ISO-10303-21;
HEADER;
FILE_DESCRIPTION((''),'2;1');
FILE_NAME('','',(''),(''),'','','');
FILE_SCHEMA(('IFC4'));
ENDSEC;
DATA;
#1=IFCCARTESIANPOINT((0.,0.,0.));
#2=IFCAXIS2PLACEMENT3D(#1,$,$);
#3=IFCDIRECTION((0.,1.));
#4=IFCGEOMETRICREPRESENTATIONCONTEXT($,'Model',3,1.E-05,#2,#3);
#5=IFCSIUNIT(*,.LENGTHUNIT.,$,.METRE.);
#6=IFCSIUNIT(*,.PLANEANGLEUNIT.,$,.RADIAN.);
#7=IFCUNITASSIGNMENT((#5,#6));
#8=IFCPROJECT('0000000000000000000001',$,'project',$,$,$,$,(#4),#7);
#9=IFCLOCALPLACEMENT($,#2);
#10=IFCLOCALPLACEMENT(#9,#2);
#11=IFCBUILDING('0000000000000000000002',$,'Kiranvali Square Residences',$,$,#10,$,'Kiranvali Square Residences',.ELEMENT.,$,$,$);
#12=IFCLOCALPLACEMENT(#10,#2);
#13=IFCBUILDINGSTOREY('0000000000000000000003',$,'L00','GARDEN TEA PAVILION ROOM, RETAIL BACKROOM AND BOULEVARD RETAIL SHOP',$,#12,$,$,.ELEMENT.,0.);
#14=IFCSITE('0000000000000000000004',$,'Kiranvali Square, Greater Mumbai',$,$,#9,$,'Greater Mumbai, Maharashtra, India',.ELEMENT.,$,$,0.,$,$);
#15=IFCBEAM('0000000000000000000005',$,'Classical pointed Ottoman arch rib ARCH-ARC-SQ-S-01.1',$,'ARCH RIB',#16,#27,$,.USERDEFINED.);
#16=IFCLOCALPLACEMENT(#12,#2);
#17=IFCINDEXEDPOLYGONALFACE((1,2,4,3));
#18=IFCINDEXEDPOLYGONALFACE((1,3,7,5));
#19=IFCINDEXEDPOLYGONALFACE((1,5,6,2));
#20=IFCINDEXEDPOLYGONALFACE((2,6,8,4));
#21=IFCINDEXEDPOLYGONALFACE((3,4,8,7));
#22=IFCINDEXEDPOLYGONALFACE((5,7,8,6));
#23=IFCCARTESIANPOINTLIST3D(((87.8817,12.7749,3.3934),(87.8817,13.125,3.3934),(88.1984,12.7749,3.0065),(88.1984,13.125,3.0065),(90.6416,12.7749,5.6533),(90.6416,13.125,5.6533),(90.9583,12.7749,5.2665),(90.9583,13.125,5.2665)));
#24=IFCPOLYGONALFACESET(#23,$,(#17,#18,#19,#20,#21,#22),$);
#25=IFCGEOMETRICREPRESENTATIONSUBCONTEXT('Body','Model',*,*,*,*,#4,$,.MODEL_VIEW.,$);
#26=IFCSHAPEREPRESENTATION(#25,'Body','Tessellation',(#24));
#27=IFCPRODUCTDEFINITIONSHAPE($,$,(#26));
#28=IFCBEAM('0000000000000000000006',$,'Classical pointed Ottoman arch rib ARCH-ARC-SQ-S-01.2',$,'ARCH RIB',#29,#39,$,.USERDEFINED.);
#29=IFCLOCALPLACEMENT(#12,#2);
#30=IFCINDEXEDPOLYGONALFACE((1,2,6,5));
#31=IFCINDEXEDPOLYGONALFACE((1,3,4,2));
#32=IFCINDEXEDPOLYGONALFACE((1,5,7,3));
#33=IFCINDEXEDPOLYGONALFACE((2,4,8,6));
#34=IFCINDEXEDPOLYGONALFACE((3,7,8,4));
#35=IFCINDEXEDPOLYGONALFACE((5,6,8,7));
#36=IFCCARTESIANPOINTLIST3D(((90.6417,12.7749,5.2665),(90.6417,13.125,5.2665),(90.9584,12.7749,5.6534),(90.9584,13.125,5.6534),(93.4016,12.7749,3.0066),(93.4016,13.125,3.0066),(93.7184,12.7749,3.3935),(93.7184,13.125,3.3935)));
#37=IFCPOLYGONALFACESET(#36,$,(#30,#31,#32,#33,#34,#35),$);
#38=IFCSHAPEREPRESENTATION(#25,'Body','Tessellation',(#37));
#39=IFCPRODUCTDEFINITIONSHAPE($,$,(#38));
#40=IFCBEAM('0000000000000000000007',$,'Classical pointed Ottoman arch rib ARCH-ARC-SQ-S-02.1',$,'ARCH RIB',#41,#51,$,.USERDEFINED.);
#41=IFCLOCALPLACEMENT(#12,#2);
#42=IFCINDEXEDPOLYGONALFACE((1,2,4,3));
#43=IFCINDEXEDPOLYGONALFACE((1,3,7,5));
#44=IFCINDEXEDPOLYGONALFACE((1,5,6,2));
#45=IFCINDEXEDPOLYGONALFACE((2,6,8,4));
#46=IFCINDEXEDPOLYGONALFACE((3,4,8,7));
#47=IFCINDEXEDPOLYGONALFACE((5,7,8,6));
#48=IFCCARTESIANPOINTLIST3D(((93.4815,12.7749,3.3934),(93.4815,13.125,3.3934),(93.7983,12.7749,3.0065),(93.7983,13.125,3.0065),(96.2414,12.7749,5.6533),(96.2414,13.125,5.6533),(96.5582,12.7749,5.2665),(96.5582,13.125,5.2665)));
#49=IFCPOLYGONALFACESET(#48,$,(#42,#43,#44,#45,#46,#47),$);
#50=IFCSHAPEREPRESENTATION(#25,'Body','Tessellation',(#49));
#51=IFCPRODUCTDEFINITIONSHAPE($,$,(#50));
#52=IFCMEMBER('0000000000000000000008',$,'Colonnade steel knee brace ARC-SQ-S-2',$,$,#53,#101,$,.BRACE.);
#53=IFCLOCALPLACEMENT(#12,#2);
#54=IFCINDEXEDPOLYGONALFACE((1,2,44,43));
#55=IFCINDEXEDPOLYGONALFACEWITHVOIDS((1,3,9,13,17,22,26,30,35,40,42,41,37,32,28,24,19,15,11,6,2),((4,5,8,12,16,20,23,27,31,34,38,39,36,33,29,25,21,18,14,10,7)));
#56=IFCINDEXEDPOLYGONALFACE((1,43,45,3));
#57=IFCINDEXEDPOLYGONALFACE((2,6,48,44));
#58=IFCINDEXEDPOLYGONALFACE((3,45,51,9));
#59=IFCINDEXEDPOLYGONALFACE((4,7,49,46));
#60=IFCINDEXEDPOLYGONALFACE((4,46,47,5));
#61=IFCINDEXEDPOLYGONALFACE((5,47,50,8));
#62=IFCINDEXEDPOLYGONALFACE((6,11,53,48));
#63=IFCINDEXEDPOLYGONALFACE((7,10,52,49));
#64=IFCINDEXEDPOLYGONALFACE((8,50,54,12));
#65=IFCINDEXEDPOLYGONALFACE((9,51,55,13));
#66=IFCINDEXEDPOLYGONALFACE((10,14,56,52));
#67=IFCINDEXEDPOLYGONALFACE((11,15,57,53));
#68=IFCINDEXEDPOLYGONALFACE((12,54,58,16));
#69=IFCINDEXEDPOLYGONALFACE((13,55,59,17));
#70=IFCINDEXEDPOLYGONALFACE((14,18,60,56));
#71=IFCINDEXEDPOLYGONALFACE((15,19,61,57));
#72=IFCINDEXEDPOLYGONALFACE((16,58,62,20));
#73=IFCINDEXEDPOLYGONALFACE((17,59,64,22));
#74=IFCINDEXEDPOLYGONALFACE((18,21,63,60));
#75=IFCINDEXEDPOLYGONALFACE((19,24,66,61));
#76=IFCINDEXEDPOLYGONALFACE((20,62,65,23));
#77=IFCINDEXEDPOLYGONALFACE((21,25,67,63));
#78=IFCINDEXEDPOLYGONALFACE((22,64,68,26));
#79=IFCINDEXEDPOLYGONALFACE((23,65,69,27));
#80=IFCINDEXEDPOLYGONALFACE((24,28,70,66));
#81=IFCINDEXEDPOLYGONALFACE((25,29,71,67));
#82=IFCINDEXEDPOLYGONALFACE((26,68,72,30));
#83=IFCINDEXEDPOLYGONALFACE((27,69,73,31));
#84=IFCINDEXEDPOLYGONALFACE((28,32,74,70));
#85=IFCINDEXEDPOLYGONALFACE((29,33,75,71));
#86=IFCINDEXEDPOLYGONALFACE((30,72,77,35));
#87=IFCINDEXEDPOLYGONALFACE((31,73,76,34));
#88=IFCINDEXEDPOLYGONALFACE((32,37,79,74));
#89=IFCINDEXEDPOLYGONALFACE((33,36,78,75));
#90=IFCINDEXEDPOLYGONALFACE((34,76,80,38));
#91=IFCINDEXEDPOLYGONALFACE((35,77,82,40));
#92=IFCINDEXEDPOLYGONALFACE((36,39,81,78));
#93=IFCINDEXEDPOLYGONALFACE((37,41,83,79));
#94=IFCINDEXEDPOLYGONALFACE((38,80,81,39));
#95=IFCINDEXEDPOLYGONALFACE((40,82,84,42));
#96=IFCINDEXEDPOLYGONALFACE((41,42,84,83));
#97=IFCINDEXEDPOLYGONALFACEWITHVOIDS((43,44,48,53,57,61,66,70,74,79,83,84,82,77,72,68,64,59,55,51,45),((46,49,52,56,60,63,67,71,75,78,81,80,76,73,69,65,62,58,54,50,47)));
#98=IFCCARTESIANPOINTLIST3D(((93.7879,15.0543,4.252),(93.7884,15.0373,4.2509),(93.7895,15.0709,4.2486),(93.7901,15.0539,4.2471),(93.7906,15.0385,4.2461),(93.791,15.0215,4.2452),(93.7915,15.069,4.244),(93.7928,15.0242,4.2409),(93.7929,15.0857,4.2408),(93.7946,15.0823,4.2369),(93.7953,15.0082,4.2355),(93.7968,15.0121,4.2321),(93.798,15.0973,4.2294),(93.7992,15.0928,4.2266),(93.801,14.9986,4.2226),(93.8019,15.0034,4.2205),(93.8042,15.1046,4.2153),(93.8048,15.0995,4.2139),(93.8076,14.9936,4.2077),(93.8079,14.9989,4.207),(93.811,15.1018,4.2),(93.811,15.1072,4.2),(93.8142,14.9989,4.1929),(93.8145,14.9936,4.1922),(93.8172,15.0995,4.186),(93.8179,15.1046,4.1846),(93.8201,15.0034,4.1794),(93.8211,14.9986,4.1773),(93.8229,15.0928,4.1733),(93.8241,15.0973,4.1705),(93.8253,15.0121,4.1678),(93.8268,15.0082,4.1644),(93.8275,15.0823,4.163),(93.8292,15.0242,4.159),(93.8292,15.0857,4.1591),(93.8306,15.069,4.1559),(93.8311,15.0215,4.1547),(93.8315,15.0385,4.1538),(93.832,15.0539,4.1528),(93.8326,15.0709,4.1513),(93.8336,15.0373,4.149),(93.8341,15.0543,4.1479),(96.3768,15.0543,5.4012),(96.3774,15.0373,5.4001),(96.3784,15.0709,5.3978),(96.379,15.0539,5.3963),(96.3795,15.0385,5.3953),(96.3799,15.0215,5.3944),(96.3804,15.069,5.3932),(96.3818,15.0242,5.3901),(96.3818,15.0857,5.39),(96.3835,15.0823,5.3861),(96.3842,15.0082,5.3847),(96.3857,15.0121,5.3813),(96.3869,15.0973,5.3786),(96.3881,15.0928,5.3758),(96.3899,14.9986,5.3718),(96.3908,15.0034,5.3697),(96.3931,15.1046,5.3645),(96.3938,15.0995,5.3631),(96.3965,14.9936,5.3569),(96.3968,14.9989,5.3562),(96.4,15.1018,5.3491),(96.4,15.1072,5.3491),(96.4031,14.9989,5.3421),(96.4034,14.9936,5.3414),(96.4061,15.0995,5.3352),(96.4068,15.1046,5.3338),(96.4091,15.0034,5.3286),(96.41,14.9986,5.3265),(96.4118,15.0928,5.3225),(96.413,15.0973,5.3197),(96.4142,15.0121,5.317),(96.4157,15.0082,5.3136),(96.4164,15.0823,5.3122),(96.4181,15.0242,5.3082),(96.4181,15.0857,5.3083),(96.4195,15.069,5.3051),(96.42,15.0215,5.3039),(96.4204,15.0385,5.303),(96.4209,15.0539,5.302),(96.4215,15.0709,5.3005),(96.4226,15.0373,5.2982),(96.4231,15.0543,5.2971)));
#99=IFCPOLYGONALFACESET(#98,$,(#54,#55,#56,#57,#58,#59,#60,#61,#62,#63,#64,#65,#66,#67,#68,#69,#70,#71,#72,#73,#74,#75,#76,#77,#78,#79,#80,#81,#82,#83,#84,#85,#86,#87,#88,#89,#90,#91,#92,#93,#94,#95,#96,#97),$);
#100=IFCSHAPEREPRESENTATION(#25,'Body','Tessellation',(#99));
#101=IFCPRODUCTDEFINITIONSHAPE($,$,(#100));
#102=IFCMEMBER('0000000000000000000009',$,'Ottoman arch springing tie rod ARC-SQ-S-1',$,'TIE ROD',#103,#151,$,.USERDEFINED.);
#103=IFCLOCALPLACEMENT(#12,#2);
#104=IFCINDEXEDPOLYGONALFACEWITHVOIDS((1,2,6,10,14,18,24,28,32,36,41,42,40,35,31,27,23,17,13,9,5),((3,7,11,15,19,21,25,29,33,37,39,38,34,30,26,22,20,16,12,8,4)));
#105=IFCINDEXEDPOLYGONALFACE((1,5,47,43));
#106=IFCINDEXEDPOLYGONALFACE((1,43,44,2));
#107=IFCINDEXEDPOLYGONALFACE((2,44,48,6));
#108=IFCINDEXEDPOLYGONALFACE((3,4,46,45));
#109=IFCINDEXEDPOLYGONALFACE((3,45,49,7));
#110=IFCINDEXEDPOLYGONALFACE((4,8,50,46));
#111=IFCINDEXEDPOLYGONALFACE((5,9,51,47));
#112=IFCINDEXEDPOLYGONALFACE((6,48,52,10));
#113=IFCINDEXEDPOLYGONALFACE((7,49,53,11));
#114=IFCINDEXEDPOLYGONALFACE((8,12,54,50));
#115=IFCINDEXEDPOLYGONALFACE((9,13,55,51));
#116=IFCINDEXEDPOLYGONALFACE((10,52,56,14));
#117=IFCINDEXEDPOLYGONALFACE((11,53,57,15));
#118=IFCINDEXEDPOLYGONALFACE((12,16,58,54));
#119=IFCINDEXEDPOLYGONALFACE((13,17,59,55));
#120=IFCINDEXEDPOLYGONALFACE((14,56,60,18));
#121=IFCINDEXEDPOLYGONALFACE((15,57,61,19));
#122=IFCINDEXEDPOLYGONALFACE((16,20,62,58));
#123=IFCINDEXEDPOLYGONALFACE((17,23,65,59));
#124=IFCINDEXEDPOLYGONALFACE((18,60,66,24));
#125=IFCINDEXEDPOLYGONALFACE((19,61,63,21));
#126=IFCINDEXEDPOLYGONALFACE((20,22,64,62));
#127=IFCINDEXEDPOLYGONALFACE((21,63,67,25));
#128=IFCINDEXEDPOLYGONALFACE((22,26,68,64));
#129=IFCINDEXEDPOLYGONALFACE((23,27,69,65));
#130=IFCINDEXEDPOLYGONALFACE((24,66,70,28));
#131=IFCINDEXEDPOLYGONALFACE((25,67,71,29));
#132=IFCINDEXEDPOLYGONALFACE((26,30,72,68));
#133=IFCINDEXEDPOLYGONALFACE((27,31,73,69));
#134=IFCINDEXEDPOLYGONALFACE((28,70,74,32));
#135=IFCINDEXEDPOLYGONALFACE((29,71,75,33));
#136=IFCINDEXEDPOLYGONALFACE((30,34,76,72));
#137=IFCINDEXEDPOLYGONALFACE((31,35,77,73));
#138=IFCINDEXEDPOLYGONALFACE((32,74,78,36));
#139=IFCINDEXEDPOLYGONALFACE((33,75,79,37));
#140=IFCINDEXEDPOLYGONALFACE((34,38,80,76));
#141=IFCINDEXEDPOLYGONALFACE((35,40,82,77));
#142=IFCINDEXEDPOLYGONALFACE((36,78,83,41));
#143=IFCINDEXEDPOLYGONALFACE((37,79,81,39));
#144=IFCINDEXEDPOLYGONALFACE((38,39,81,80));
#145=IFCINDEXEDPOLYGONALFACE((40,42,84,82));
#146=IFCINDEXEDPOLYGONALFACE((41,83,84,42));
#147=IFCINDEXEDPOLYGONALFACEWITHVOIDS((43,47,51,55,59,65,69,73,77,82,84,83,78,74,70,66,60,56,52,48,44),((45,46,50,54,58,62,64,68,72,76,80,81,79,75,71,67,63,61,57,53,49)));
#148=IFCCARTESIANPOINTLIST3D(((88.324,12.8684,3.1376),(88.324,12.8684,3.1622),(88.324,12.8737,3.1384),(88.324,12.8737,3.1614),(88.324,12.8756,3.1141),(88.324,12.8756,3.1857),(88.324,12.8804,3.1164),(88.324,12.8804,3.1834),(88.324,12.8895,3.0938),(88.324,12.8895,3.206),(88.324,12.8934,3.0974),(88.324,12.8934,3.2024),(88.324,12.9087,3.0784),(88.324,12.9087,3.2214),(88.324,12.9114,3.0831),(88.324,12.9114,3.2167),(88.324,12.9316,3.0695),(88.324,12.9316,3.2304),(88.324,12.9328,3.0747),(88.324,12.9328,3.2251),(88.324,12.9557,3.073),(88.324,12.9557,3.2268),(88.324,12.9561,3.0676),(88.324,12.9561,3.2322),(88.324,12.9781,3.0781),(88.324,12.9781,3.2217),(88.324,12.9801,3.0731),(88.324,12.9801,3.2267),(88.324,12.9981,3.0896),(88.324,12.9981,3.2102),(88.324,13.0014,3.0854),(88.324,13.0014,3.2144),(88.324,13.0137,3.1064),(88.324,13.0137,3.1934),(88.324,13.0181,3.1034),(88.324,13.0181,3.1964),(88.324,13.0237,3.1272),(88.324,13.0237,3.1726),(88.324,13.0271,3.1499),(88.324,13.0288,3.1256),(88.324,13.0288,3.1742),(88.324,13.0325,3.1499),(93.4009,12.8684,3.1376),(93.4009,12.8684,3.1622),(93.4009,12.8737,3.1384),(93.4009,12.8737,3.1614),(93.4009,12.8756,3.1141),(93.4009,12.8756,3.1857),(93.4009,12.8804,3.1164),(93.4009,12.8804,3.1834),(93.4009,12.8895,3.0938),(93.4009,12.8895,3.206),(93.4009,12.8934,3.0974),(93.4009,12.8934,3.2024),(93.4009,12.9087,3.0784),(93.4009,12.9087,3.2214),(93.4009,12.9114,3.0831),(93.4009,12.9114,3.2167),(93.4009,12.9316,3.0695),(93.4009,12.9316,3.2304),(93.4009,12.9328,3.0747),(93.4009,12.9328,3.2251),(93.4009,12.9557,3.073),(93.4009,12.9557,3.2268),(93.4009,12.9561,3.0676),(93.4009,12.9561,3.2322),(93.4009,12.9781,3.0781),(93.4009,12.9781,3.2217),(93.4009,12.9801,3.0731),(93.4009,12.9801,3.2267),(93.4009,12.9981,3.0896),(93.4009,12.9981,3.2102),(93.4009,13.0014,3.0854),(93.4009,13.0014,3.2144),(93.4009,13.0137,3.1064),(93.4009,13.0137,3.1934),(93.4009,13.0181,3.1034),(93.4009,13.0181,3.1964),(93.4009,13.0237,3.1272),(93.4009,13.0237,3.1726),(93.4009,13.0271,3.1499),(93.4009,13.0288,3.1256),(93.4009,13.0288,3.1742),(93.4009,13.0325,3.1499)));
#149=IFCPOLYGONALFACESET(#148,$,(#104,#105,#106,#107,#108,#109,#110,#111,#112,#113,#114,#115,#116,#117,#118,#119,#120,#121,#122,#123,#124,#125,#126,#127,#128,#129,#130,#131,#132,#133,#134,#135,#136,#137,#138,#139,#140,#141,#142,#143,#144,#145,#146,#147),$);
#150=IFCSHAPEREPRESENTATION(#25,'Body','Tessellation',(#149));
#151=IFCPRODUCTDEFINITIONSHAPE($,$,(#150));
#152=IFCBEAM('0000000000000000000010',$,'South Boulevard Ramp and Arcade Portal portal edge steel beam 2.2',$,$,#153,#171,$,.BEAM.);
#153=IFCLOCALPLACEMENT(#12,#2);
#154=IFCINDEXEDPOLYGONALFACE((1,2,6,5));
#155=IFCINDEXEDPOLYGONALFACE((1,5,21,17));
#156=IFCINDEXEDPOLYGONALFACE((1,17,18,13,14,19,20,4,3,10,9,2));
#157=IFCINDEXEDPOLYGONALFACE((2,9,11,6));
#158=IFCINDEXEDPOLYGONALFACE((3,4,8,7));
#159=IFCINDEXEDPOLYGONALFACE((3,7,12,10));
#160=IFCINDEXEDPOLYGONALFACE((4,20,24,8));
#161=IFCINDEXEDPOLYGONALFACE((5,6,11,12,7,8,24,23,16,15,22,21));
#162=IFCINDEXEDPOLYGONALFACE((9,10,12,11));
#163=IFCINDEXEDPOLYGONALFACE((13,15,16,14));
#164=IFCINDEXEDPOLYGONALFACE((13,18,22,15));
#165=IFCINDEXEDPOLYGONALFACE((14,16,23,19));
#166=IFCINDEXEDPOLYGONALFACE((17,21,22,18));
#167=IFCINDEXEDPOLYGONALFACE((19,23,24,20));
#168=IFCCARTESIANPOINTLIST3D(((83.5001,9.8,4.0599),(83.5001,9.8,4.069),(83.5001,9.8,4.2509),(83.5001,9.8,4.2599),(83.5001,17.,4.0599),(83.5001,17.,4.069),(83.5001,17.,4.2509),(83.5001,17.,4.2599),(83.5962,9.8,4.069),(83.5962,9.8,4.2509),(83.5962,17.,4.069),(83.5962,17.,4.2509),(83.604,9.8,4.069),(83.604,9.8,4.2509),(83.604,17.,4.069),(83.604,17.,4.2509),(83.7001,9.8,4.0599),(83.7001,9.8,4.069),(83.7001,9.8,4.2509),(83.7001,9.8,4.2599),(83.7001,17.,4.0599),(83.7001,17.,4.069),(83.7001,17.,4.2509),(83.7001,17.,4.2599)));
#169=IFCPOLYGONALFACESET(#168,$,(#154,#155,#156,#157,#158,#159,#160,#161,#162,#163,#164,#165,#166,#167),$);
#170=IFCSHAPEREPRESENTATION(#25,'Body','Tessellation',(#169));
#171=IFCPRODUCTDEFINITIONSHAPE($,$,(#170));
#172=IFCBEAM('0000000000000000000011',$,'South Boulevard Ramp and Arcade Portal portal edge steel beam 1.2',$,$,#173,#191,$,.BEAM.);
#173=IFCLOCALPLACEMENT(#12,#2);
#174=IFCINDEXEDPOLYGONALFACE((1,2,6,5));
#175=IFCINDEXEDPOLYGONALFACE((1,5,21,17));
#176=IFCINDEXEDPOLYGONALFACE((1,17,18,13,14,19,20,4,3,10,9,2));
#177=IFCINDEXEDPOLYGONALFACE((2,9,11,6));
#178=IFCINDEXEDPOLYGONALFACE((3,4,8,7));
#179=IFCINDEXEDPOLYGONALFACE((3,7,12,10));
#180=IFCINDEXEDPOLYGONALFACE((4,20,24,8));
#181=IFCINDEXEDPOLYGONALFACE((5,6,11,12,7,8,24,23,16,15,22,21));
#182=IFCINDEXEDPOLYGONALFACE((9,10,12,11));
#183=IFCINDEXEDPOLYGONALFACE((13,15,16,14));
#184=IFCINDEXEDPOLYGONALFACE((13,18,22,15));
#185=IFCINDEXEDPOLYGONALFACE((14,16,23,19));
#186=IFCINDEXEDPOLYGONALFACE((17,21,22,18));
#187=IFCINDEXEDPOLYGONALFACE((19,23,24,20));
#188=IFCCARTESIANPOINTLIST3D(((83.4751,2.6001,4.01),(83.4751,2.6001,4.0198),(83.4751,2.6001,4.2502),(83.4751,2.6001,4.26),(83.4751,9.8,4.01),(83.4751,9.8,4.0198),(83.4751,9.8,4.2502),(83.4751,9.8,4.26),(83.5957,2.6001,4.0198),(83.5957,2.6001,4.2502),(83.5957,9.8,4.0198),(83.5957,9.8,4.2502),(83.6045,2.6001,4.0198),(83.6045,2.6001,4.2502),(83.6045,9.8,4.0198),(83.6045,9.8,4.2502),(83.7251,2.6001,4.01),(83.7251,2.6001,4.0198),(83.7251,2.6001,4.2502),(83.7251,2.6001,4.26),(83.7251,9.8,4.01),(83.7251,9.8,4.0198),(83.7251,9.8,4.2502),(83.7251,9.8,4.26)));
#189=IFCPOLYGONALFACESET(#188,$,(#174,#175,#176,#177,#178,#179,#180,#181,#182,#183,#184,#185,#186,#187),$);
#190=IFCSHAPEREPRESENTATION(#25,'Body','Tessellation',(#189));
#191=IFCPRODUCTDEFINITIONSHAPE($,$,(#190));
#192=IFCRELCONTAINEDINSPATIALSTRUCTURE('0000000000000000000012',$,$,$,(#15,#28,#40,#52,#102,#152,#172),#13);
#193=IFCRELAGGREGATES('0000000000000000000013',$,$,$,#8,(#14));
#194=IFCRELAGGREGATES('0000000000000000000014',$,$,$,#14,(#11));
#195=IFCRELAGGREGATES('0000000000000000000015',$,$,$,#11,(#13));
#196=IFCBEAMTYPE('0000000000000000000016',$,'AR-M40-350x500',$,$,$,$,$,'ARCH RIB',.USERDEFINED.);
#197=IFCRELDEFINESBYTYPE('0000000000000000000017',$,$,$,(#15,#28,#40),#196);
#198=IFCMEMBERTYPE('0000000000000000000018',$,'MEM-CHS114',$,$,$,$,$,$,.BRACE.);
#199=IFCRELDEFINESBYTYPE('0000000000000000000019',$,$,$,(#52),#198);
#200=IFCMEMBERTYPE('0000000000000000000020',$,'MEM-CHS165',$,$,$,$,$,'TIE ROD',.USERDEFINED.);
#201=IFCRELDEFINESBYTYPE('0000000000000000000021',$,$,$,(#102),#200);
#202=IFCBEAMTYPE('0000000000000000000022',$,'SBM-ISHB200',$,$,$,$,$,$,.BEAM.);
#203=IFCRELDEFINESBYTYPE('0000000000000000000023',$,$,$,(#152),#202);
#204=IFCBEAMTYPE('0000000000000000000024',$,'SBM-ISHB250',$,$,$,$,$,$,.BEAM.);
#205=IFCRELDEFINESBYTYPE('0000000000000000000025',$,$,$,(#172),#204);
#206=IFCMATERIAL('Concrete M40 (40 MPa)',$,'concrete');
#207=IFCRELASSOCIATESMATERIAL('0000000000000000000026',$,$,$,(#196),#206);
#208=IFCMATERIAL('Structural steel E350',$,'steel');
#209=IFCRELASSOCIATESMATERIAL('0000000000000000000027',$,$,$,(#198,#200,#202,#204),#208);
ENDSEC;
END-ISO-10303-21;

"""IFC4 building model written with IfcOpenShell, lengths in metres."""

from ifc_helpers import new_model, si_unit, direction, frame, origin, origin_2d, place, context, subcontext, project, spatial, rectangle, hollow_circle, i_section, extrude, material, material_profile, profile_set, type_object, element, save


model = new_model("IFC4")

# Units and contexts
model_context = context("Model", 3, precision=1e-05, world=origin(), true_north=direction((0.0, 1.0)))
body_context = subcontext(model_context, "Body", "Model", "MODEL_VIEW")
ifc_project = project(units=[si_unit("LENGTHUNIT", "METRE"), si_unit("PLANEANGLEUNIT", "RADIAN")], contexts=[model_context])

# Site, building, storey
site_placement = place(None, origin())
site = spatial("IfcSite", under=ifc_project, at=site_placement, Name="Kiranvali Square, Greater Mumbai", LongName="Greater Mumbai, Maharashtra, India", CompositionType="ELEMENT", RefElevation=0.0)
building_placement = place(site_placement, origin())
building = spatial("IfcBuilding", under=site, at=building_placement, Name="Kiranvali Square Residences", LongName="Kiranvali Square Residences", CompositionType="ELEMENT")
storey_placement = place(building_placement, origin())
storey = spatial("IfcBuildingStorey", under=building, at=storey_placement, Name="L00", Description="GARDEN TEA PAVILION ROOM, RETAIL BACKROOM AND BOULEVARD RETAIL SHOP", CompositionType="ELEMENT", Elevation=0.0)

# Shared definitions
ifc_material_1 = material(Name="Concrete M40 (40 MPa)", Category="concrete")
ifc_material_2 = material(Name="Structural steel E350", Category="steel")

# Beams
ifc_material_profile_1 = material_profile(ifc_material_1, rectangle(XDim=0.3501, YDim=0.5, at=origin_2d()), Name="RC 350x500")
ifc_profile_set_1 = profile_set([ifc_material_profile_1], Name="Concrete M40 (40 MPa)")
beam_type_1 = type_object("IfcBeamType", Name="AR-M40-350x500", ElementType="ARCH RIB", PredefinedType="USERDEFINED", material=ifc_profile_set_1)
for number, where, z_axis, x_axis, name in (
    (1, (88.04, 12.95, 3.2), (0.773707, 0.0, 0.633543), (0.0, 1.0, 0.0), "Classical pointed Ottoman arch rib ARCH-ARC-SQ-S-01.1"),
    (2, (90.8, 12.95, 5.46), (0.773707, 0.0, -0.633543), (0.0, 1.0, 0.0), "Classical pointed Ottoman arch rib ARCH-ARC-SQ-S-01.2"),
    (3, (93.6399, 12.95, 3.2), (0.773707, 0.0, 0.633543), (0.0, 1.0, 0.0), "Classical pointed Ottoman arch rib ARCH-ARC-SQ-S-02.1"),
):
    element("IfcBeam", number, at=place(storey_placement, frame(where, z_axis=z_axis, x_axis=x_axis)), inside=storey, type_object=beam_type_1, Name=name, ObjectType="ARCH RIB", PredefinedType="USERDEFINED", context=body_context, shape_type="SweptSolid", body=[
        extrude(rectangle(XDim=0.3501, YDim=0.5, at=origin_2d()), origin(), (0.0, 0.0, 1.0), 3.5671),
    ])

# Members
ifc_material_profile_2 = material_profile(ifc_material_2, hollow_circle(Radius=0.0571, WallThickness=0.0054, at=origin_2d()), Name="CHS 114.3x5.4")
ifc_profile_set_2 = profile_set([ifc_material_profile_2], Name="Structural steel E350")
member_type_1 = type_object("IfcMemberType", Name="MEM-CHS114", PredefinedType="BRACE", material=ifc_profile_set_2)
member_1_placement = place(storey_placement, frame((93.811, 15.05, 4.2), z_axis=(0.914, 0.0, 0.405715), x_axis=(0.0, 1.0, 0.0)))
element("IfcMember", 4, at=member_1_placement, inside=storey, type_object=member_type_1, Name="Colonnade steel knee brace ARC-SQ-S-2", PredefinedType="BRACE", context=body_context, shape_type="SweptSolid", body=[
    extrude(hollow_circle(Radius=0.0571, WallThickness=0.0054, at=origin_2d()), origin(), (0.0, 0.0, 1.0), 2.8325),
])
ifc_material_profile_3 = material_profile(ifc_material_2, hollow_circle(Radius=0.0825, WallThickness=0.0054, at=origin_2d()), Name="CHS 165.1x5.4")
ifc_profile_set_3 = profile_set([ifc_material_profile_3], Name="Structural steel E350")
member_type_2 = type_object("IfcMemberType", Name="MEM-CHS165", ElementType="TIE ROD", PredefinedType="USERDEFINED", material=ifc_profile_set_3)
member_2_placement = place(storey_placement, frame((88.324, 12.95, 3.1499), z_axis=(1.0, 0.0, 0.0), x_axis=(0.0, 1.0, 0.0)))
element("IfcMember", 5, at=member_2_placement, inside=storey, type_object=member_type_2, Name="Ottoman arch springing tie rod ARC-SQ-S-1", ObjectType="TIE ROD", PredefinedType="USERDEFINED", context=body_context, shape_type="SweptSolid", body=[
    extrude(hollow_circle(Radius=0.0825, WallThickness=0.0054, at=origin_2d()), origin(), (0.0, 0.0, 1.0), 5.0769),
])

# Beams
ifc_material_profile_4 = material_profile(ifc_material_2, i_section(OverallWidth=0.2, OverallDepth=0.2, WebThickness=0.0078, FlangeThickness=0.009, at=origin_2d()), Name="ISHB 200")
ifc_profile_set_4 = profile_set([ifc_material_profile_4], Name="Structural steel E350")
beam_type_2 = type_object("IfcBeamType", Name="SBM-ISHB200", PredefinedType="BEAM", material=ifc_profile_set_4)
beam_1_placement = place(storey_placement, frame((83.6001, 9.8, 4.1599), z_axis=(0.0, 1.0, 0.0), x_axis=(-1.0, 0.0, 0.0)))
element("IfcBeam", 6, at=beam_1_placement, inside=storey, type_object=beam_type_2, Name="South Boulevard Ramp and Arcade Portal portal edge steel beam 2.2", PredefinedType="BEAM", context=body_context, shape_type="SweptSolid", body=[
    extrude(i_section(OverallWidth=0.2, OverallDepth=0.2, WebThickness=0.0078, FlangeThickness=0.009, at=origin_2d()), origin(), (0.0, 0.0, 1.0), 7.2),
])
ifc_material_profile_5 = material_profile(ifc_material_2, i_section(OverallWidth=0.25, OverallDepth=0.25, WebThickness=0.0088, FlangeThickness=0.0098, at=origin_2d()), Name="ISHB 250")
ifc_profile_set_5 = profile_set([ifc_material_profile_5], Name="Structural steel E350")
beam_type_3 = type_object("IfcBeamType", Name="SBM-ISHB250", PredefinedType="BEAM", material=ifc_profile_set_5)
beam_2_placement = place(storey_placement, frame((83.6001, 2.6001, 4.135), z_axis=(0.0, 1.0, 0.0), x_axis=(-1.0, 0.0, 0.0)))
element("IfcBeam", 7, at=beam_2_placement, inside=storey, type_object=beam_type_3, Name="South Boulevard Ramp and Arcade Portal portal edge steel beam 1.2", PredefinedType="BEAM", context=body_context, shape_type="SweptSolid", body=[
    extrude(i_section(OverallWidth=0.25, OverallDepth=0.25, WebThickness=0.0088, FlangeThickness=0.0098, at=origin_2d()), origin(), (0.0, 0.0, 1.0), 7.2),
])

save(model, "model.ifc")
